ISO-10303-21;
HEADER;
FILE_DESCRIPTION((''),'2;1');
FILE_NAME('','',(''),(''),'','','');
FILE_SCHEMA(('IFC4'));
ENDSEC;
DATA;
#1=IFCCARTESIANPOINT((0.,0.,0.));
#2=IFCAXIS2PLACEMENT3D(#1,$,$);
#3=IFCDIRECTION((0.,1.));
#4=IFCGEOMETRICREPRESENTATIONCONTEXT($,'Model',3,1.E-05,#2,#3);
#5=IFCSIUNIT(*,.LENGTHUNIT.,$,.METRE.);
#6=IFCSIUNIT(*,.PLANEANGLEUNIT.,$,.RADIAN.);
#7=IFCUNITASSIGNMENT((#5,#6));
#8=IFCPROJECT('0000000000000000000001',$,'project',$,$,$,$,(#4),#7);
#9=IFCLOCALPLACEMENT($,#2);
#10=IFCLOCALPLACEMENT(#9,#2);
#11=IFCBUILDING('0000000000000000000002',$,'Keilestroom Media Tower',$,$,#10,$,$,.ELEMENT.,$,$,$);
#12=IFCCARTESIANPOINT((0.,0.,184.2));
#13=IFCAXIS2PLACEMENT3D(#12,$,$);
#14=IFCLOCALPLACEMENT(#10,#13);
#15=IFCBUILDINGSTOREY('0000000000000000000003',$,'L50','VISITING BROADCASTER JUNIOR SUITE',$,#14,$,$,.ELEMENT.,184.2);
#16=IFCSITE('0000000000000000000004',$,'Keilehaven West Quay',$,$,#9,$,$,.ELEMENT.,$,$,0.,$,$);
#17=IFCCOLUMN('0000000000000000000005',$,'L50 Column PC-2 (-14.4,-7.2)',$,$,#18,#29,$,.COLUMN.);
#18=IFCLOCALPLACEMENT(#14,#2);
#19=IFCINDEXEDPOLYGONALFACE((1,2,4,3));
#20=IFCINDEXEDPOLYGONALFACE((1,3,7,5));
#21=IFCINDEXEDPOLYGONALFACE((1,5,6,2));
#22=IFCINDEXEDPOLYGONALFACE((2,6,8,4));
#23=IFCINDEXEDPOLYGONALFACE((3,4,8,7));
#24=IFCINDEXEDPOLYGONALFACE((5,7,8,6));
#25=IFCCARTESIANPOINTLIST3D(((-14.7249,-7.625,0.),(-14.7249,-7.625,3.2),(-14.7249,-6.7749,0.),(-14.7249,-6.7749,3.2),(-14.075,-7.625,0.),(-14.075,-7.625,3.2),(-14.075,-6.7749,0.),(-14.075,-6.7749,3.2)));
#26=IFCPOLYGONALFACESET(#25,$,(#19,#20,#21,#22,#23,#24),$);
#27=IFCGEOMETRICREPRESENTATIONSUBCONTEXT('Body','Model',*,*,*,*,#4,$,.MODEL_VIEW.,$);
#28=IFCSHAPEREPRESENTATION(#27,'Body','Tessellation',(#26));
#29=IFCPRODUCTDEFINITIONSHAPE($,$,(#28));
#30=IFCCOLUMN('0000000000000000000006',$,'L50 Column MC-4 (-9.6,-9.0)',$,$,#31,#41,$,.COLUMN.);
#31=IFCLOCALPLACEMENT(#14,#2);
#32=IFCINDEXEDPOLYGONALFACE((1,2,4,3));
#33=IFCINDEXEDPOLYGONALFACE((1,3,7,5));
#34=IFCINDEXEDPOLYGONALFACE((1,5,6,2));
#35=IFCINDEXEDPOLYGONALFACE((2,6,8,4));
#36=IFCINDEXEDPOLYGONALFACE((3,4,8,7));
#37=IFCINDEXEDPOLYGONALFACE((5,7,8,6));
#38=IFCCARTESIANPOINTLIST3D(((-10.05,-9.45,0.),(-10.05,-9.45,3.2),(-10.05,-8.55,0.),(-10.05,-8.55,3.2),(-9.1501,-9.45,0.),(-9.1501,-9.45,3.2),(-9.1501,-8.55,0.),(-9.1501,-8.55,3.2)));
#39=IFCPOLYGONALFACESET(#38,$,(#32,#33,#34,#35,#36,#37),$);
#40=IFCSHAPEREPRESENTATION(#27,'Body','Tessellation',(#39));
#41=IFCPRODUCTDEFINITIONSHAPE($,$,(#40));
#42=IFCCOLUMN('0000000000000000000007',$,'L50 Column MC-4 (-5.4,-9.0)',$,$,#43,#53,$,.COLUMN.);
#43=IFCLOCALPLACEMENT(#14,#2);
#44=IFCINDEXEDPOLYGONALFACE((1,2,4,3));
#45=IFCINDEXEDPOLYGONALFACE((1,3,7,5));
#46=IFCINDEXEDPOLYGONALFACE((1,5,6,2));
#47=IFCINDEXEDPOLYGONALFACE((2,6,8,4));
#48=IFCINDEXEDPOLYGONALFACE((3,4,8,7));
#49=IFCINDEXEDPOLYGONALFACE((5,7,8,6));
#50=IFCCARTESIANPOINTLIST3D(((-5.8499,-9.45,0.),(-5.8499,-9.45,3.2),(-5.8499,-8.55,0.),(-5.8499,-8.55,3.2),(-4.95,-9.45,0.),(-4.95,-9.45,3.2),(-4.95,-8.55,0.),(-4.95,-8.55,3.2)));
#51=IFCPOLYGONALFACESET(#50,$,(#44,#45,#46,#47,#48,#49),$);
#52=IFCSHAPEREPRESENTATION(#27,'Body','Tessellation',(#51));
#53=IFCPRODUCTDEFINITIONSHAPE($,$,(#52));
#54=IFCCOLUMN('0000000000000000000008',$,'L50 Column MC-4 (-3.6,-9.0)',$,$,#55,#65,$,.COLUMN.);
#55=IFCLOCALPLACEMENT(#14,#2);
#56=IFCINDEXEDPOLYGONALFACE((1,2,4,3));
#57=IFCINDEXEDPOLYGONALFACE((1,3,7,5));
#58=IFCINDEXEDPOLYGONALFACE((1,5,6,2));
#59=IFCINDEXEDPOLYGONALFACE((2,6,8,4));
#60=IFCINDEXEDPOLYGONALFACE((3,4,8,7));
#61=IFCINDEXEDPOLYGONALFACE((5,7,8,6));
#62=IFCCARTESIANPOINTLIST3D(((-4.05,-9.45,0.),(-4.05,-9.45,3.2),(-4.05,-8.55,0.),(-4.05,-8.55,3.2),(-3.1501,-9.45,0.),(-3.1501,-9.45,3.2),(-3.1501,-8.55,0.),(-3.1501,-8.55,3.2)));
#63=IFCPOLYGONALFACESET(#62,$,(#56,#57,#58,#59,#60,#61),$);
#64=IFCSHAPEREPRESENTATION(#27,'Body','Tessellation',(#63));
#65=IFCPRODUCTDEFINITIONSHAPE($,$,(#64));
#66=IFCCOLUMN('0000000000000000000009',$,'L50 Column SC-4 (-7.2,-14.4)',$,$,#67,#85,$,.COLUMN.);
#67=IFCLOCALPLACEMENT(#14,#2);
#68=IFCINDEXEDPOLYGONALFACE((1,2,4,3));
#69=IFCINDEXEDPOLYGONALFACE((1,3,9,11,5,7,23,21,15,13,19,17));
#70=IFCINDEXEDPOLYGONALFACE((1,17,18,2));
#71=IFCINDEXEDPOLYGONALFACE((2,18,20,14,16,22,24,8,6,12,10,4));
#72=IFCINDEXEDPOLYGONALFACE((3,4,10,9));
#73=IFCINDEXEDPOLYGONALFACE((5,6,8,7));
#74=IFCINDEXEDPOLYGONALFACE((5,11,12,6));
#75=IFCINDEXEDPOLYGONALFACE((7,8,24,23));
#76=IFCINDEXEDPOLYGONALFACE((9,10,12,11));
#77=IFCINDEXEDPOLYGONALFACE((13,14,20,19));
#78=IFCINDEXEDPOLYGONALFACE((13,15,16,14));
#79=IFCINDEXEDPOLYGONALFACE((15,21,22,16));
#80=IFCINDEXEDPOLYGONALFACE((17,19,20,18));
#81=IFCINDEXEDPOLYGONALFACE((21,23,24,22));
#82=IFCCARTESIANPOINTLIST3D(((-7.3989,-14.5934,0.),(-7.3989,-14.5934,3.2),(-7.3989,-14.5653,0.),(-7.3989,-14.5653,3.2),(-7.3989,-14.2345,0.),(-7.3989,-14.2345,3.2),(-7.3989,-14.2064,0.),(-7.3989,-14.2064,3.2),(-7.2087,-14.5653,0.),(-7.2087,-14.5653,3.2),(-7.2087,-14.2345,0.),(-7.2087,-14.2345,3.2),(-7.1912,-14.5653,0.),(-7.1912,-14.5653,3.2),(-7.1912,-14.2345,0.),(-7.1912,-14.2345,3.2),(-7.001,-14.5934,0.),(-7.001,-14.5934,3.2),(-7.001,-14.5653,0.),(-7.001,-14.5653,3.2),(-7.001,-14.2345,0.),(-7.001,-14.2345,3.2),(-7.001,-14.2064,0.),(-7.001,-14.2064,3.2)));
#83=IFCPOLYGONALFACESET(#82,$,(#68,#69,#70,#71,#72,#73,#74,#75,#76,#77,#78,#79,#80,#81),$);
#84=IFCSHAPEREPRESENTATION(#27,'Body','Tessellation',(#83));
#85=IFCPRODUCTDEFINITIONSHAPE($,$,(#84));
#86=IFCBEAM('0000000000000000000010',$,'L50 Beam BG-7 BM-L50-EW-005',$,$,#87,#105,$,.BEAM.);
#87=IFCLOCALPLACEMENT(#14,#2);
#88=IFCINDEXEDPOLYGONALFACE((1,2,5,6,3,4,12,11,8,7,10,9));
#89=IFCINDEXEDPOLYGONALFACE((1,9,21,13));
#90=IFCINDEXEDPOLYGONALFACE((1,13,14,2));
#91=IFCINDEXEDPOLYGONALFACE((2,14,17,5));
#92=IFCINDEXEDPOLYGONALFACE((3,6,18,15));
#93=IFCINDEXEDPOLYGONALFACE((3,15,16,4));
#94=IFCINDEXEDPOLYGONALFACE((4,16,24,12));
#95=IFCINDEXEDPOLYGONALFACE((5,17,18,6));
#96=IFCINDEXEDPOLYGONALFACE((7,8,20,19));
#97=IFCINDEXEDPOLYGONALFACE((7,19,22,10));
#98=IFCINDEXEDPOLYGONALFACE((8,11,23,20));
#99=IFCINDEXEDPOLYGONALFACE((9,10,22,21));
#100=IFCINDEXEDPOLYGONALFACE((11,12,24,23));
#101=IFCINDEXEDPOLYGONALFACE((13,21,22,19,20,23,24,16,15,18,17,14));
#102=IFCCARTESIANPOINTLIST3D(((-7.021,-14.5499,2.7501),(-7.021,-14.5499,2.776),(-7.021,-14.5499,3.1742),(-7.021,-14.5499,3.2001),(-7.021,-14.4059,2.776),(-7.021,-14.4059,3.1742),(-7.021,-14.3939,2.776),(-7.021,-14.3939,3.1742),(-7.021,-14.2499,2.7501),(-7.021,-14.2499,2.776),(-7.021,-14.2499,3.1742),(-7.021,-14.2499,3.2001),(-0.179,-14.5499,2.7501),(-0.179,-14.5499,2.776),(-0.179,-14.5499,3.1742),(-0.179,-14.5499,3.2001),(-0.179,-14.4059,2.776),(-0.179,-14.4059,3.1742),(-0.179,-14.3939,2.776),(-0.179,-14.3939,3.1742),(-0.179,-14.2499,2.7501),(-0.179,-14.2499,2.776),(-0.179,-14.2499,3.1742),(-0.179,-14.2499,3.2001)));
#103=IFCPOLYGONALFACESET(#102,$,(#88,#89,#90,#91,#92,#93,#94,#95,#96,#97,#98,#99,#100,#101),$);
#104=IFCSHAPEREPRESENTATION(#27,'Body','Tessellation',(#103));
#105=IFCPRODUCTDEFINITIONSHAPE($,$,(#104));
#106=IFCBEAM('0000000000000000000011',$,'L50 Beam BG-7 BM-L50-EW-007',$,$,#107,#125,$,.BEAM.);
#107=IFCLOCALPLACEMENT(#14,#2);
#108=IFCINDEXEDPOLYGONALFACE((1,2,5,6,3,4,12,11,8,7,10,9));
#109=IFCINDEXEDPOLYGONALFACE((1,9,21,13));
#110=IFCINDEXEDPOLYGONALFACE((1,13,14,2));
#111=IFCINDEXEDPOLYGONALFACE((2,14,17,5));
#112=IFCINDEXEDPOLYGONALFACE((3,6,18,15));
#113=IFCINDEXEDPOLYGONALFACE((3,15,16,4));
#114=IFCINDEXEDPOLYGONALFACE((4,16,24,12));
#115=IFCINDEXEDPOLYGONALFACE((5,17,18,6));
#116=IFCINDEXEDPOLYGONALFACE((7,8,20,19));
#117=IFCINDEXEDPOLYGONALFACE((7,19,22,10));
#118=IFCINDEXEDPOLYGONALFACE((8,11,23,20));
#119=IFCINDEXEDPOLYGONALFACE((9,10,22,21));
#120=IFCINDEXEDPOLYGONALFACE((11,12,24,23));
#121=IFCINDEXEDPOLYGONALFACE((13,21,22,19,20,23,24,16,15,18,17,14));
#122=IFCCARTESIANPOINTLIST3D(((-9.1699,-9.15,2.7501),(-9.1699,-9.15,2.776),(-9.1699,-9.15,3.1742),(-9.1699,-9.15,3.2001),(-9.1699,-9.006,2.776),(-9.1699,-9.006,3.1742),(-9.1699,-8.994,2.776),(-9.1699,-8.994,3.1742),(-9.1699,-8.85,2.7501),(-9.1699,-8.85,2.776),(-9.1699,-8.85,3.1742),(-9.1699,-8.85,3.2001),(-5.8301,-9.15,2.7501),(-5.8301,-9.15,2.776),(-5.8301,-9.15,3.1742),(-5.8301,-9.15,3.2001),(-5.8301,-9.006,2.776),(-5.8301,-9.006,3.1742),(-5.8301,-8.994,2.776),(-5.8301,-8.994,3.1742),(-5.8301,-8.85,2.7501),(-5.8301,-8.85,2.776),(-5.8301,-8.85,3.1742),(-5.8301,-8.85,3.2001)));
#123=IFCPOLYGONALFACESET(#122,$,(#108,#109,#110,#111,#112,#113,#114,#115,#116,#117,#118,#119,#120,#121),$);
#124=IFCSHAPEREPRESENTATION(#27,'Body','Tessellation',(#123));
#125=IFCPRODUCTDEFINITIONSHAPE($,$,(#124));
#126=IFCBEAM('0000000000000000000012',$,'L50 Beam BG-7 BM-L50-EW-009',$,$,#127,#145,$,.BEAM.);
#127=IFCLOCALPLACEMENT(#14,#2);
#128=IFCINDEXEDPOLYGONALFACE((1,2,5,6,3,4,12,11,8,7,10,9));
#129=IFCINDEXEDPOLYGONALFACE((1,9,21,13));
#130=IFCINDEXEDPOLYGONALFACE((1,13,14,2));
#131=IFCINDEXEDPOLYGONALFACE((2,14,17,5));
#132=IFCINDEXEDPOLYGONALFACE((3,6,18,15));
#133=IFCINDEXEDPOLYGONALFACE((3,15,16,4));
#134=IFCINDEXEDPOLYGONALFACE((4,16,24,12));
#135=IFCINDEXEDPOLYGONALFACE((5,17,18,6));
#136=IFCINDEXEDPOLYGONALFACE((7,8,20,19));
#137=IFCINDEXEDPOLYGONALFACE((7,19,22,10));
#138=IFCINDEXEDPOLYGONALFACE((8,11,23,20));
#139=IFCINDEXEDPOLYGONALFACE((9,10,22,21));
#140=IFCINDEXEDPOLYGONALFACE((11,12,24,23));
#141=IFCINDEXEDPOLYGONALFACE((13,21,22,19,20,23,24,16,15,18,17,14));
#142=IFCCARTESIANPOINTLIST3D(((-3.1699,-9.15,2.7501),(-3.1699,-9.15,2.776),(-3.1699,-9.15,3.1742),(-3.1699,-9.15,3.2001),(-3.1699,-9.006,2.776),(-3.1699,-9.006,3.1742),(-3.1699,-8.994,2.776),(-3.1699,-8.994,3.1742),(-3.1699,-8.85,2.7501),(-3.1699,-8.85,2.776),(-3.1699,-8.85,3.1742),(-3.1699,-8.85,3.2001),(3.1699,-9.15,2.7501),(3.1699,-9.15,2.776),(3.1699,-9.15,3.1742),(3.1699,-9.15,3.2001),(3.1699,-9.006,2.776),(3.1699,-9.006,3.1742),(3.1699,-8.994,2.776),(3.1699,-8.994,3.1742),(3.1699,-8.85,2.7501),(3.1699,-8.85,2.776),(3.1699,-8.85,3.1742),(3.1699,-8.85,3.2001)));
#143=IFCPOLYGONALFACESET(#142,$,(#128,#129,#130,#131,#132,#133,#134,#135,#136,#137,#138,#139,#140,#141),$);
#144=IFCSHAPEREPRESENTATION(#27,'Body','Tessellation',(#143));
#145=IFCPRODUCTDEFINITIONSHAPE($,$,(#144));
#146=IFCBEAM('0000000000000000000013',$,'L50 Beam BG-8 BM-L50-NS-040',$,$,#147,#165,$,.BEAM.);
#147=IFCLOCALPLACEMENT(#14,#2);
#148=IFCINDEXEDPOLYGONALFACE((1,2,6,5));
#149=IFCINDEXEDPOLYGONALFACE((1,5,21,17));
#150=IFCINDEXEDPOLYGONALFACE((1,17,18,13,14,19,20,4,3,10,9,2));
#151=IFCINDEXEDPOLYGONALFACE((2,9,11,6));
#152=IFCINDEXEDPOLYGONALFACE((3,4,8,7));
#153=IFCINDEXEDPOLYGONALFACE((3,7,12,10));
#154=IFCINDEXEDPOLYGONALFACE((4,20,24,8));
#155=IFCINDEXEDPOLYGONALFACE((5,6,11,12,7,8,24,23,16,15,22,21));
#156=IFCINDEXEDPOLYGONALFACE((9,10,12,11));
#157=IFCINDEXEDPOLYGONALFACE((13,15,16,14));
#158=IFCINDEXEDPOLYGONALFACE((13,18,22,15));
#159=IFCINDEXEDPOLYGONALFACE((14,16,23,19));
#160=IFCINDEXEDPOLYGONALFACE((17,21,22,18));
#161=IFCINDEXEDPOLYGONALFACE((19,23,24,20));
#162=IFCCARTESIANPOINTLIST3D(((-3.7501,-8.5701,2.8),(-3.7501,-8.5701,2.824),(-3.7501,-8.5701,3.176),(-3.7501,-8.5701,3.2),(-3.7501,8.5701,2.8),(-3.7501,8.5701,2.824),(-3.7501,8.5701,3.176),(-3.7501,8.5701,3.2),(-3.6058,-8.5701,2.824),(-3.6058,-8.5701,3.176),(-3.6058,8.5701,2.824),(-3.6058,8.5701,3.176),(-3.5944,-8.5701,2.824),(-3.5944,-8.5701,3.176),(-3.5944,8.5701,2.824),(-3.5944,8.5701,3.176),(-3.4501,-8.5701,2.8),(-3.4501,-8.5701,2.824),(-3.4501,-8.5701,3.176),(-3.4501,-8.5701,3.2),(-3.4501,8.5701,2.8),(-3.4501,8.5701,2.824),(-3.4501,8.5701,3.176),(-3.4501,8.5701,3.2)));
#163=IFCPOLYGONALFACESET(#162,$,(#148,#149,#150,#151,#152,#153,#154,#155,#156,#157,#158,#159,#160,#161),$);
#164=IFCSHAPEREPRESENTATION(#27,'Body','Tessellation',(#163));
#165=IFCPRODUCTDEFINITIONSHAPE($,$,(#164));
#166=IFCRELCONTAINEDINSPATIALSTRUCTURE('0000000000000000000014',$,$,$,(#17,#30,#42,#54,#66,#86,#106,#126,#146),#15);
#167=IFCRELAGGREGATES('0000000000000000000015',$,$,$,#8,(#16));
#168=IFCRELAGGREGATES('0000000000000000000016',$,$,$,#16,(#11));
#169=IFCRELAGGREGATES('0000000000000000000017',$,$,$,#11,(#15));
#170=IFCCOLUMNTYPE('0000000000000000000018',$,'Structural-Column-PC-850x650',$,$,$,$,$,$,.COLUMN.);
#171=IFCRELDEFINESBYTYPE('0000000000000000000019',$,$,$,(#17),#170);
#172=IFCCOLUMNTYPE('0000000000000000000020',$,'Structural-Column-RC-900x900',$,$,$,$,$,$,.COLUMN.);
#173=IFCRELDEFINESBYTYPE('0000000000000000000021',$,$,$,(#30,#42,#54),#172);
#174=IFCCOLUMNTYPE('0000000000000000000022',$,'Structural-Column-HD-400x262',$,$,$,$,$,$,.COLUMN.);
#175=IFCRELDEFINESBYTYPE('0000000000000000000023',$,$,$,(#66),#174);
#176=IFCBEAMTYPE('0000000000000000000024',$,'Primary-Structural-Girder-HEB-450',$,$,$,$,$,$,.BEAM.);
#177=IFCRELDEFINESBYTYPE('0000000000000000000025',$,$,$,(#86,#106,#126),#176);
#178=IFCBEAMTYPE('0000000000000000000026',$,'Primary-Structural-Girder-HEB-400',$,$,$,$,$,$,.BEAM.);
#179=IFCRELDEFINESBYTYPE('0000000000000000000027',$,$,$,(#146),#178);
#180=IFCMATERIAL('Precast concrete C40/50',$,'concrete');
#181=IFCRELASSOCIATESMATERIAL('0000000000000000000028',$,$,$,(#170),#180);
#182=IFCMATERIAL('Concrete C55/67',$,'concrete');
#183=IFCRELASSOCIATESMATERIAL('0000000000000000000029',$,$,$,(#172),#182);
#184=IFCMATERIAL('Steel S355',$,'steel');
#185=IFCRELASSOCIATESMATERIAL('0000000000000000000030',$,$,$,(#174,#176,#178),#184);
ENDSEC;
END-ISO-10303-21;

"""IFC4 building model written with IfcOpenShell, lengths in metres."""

from ifc_helpers import new_model, si_unit, direction, frame, origin, origin_2d, place, context, subcontext, project, spatial, rectangle, i_section, extrude, source, transform, mapped, material, material_profile, profile_set, type_object, element, save


model = new_model("IFC4")

# Units and contexts
model_context = context("Model", 3, precision=1e-05, world=origin(), true_north=direction((0.0, 1.0)))
body_context = subcontext(model_context, "Body", "Model", "MODEL_VIEW")
ifc_project = project(units=[si_unit("LENGTHUNIT", "METRE"), si_unit("PLANEANGLEUNIT", "RADIAN")], contexts=[model_context])

# Site, building, storey
site_placement = place(None, origin())
site = spatial("IfcSite", under=ifc_project, at=site_placement, Name="Keilehaven West Quay", CompositionType="ELEMENT", RefElevation=0.0)
building_placement = place(site_placement, origin())
building = spatial("IfcBuilding", under=site, at=building_placement, Name="Keilestroom Media Tower", CompositionType="ELEMENT")
storey_placement = place(building_placement, frame((0.0, 0.0, 184.2)))
storey = spatial("IfcBuildingStorey", under=building, at=storey_placement, Name="L50", Description="VISITING BROADCASTER JUNIOR SUITE", CompositionType="ELEMENT", Elevation=184.2)

# Columns
ifc_material_1 = material(Name="Precast concrete C40/50", Category="concrete")
ifc_material_profile_1 = material_profile(ifc_material_1, rectangle(XDim=0.6499, YDim=0.8501, at=origin_2d()), Name="PC 850x650")
ifc_profile_set_1 = profile_set([ifc_material_profile_1], Name="Precast concrete C40/50")
column_type_1 = type_object("IfcColumnType", Name="Structural-Column-PC-850x650", PredefinedType="COLUMN", material=ifc_profile_set_1)
shared_shape_1 = source(origin(), body_context, "Body", "SweptSolid", [
    extrude(rectangle(XDim=0.6499, YDim=0.8501, at=origin_2d()), origin(), (0.0, 0.0, 1.0), 3.2),
])
column_1_placement = place(storey_placement, frame((-14.3999, -7.2, 0.0), z_axis=(0.0, 0.0, 1.0), x_axis=(1.0, 0.0, 0.0)))
element("IfcColumn", 1, at=column_1_placement, inside=storey, type_object=column_type_1, Name="L50 Column PC-2 (-14.4,-7.2)", PredefinedType="COLUMN", context=body_context, shape_type="MappedRepresentation", body=[
    mapped(shared_shape_1, transform((0.0, 0.0, 0.0), x_axis=(1.0, 0.0, 0.0), y_axis=(0.0, 1.0, 0.0), z_axis=(0.0, 0.0, 1.0), scale=1.0)),
])
ifc_material_2 = material(Name="Concrete C55/67", Category="concrete")
ifc_material_profile_2 = material_profile(ifc_material_2, rectangle(XDim=0.8999, YDim=0.8999, at=origin_2d()), Name="RC 900x900")
ifc_profile_set_2 = profile_set([ifc_material_profile_2], Name="Concrete C55/67")
column_type_2 = type_object("IfcColumnType", Name="Structural-Column-RC-900x900", PredefinedType="COLUMN", material=ifc_profile_set_2)
shared_shape_2 = source(origin(), body_context, "Body", "SweptSolid", [
    extrude(rectangle(XDim=0.8999, YDim=0.8999, at=origin_2d()), origin(), (0.0, 0.0, 1.0), 3.2),
])
for number, where, z_axis, x_axis, name in (
    (2, (-9.6001, -9.0, 0.0), (0.0, 0.0, 1.0), (1.0, 0.0, 0.0), "L50 Column MC-4 (-9.6,-9.0)"),
    (3, (-5.3999, -9.0, 0.0), (0.0, 0.0, 1.0), (1.0, 0.0, 0.0), "L50 Column MC-4 (-5.4,-9.0)"),
    (4, (-3.6001, -9.0, 0.0), (0.0, 0.0, 1.0), (1.0, 0.0, 0.0), "L50 Column MC-4 (-3.6,-9.0)"),
):
    element("IfcColumn", number, at=place(storey_placement, frame(where, z_axis=z_axis, x_axis=x_axis)), inside=storey, type_object=column_type_2, Name=name, PredefinedType="COLUMN", context=body_context, shape_type="MappedRepresentation", body=[
        mapped(shared_shape_2, transform((0.0, 0.0, 0.0), x_axis=(1.0, 0.0, 0.0), y_axis=(0.0, 1.0, 0.0), z_axis=(0.0, 0.0, 1.0), scale=1.0)),
    ])
ifc_material_3 = material(Name="Steel S355", Category="steel")
ifc_material_profile_3 = material_profile(ifc_material_3, i_section(OverallWidth=0.3979, OverallDepth=0.387, WebThickness=0.0176, FlangeThickness=0.0281, at=origin_2d()), Name="HD 400x262")
ifc_profile_set_3 = profile_set([ifc_material_profile_3], Name="Steel S355")
column_type_3 = type_object("IfcColumnType", Name="Structural-Column-HD-400x262", PredefinedType="COLUMN", material=ifc_profile_set_3)
shared_shape_3 = source(origin(), body_context, "Body", "SweptSolid", [
    extrude(i_section(OverallWidth=0.3979, OverallDepth=0.387, WebThickness=0.0176, FlangeThickness=0.0281, at=origin_2d()), origin(), (0.0, 0.0, 1.0), 3.2),
])
column_2_placement = place(storey_placement, frame((-7.2, -14.3999, 0.0), z_axis=(0.0, 0.0, 1.0), x_axis=(1.0, 0.0, 0.0)))
element("IfcColumn", 5, at=column_2_placement, inside=storey, type_object=column_type_3, Name="L50 Column SC-4 (-7.2,-14.4)", PredefinedType="COLUMN", context=body_context, shape_type="MappedRepresentation", body=[
    mapped(shared_shape_3, transform((0.0, 0.0, 0.0), x_axis=(1.0, 0.0, 0.0), y_axis=(0.0, 1.0, 0.0), z_axis=(0.0, 0.0, 1.0), scale=1.0)),
])

# Beams
ifc_material_profile_4 = material_profile(ifc_material_3, i_section(OverallWidth=0.3, OverallDepth=0.45, WebThickness=0.012, FlangeThickness=0.0259, at=origin_2d()), Name="HEB 450")
ifc_profile_set_4 = profile_set([ifc_material_profile_4], Name="Steel S355")
beam_type_1 = type_object("IfcBeamType", Name="Primary-Structural-Girder-HEB-450", PredefinedType="BEAM", material=ifc_profile_set_4)
shared_shape_4 = source(origin(), body_context, "Body", "SweptSolid", [
    extrude(i_section(OverallWidth=0.3, OverallDepth=0.45, WebThickness=0.012, FlangeThickness=0.0259, at=origin_2d()), origin(), (0.0, 0.0, 1.0), 6.842),
])
beam_1_placement = place(storey_placement, frame((-7.021, -14.3999, 2.9751), z_axis=(1.0, 0.0, 0.0), x_axis=(0.0, 1.0, 0.0)))
element("IfcBeam", 6, at=beam_1_placement, inside=storey, type_object=beam_type_1, Name="L50 Beam BG-7 BM-L50-EW-005", PredefinedType="BEAM", context=body_context, shape_type="MappedRepresentation", body=[
    mapped(shared_shape_4, transform((0.0, 0.0, 0.0), x_axis=(1.0, 0.0, 0.0), y_axis=(0.0, 1.0, 0.0), z_axis=(0.0, 0.0, 1.0), scale=1.0)),
])
shared_shape_5 = source(origin(), body_context, "Body", "SweptSolid", [
    extrude(i_section(OverallWidth=0.3, OverallDepth=0.45, WebThickness=0.012, FlangeThickness=0.0259, at=origin_2d()), origin(), (0.0, 0.0, 1.0), 3.3398),
])
beam_2_placement = place(storey_placement, frame((-9.1699, -9.0, 2.9751), z_axis=(1.0, 0.0, 0.0), x_axis=(0.0, 1.0, 0.0)))
element("IfcBeam", 7, at=beam_2_placement, inside=storey, type_object=beam_type_1, Name="L50 Beam BG-7 BM-L50-EW-007", PredefinedType="BEAM", context=body_context, shape_type="MappedRepresentation", body=[
    mapped(shared_shape_5, transform((0.0, 0.0, 0.0), x_axis=(1.0, 0.0, 0.0), y_axis=(0.0, 1.0, 0.0), z_axis=(0.0, 0.0, 1.0), scale=1.0)),
])
shared_shape_6 = source(origin(), body_context, "Body", "SweptSolid", [
    extrude(i_section(OverallWidth=0.3, OverallDepth=0.45, WebThickness=0.012, FlangeThickness=0.0259, at=origin_2d()), origin(), (0.0, 0.0, 1.0), 6.3398),
])
beam_3_placement = place(storey_placement, frame((-3.1699, -9.0, 2.9751), z_axis=(1.0, 0.0, 0.0), x_axis=(0.0, 1.0, 0.0)))
element("IfcBeam", 8, at=beam_3_placement, inside=storey, type_object=beam_type_1, Name="L50 Beam BG-7 BM-L50-EW-009", PredefinedType="BEAM", context=body_context, shape_type="MappedRepresentation", body=[
    mapped(shared_shape_6, transform((0.0, 0.0, 0.0), x_axis=(1.0, 0.0, 0.0), y_axis=(0.0, 1.0, 0.0), z_axis=(0.0, 0.0, 1.0), scale=1.0)),
])
ifc_material_profile_5 = material_profile(ifc_material_3, i_section(OverallWidth=0.3, OverallDepth=0.3999, WebThickness=0.0115, FlangeThickness=0.0239, at=origin_2d()), Name="HEB 400")
ifc_profile_set_5 = profile_set([ifc_material_profile_5], Name="Steel S355")
beam_type_2 = type_object("IfcBeamType", Name="Primary-Structural-Girder-HEB-400", PredefinedType="BEAM", material=ifc_profile_set_5)
shared_shape_7 = source(origin(), body_context, "Body", "SweptSolid", [
    extrude(i_section(OverallWidth=0.3, OverallDepth=0.3999, WebThickness=0.0115, FlangeThickness=0.0239, at=origin_2d()), origin(), (0.0, 0.0, 1.0), 17.1401),
])
beam_4_placement = place(storey_placement, frame((-3.6001, -8.5701, 3.0), z_axis=(0.0, 1.0, 0.0), x_axis=(-1.0, 0.0, 0.0)))
element("IfcBeam", 9, at=beam_4_placement, inside=storey, type_object=beam_type_2, Name="L50 Beam BG-8 BM-L50-NS-040", PredefinedType="BEAM", context=body_context, shape_type="MappedRepresentation", body=[
    mapped(shared_shape_7, transform((0.0, 0.0, 0.0), x_axis=(1.0, 0.0, 0.0), y_axis=(0.0, 1.0, 0.0), z_axis=(0.0, 0.0, 1.0), scale=1.0)),
])

save(model, "model.ifc")
